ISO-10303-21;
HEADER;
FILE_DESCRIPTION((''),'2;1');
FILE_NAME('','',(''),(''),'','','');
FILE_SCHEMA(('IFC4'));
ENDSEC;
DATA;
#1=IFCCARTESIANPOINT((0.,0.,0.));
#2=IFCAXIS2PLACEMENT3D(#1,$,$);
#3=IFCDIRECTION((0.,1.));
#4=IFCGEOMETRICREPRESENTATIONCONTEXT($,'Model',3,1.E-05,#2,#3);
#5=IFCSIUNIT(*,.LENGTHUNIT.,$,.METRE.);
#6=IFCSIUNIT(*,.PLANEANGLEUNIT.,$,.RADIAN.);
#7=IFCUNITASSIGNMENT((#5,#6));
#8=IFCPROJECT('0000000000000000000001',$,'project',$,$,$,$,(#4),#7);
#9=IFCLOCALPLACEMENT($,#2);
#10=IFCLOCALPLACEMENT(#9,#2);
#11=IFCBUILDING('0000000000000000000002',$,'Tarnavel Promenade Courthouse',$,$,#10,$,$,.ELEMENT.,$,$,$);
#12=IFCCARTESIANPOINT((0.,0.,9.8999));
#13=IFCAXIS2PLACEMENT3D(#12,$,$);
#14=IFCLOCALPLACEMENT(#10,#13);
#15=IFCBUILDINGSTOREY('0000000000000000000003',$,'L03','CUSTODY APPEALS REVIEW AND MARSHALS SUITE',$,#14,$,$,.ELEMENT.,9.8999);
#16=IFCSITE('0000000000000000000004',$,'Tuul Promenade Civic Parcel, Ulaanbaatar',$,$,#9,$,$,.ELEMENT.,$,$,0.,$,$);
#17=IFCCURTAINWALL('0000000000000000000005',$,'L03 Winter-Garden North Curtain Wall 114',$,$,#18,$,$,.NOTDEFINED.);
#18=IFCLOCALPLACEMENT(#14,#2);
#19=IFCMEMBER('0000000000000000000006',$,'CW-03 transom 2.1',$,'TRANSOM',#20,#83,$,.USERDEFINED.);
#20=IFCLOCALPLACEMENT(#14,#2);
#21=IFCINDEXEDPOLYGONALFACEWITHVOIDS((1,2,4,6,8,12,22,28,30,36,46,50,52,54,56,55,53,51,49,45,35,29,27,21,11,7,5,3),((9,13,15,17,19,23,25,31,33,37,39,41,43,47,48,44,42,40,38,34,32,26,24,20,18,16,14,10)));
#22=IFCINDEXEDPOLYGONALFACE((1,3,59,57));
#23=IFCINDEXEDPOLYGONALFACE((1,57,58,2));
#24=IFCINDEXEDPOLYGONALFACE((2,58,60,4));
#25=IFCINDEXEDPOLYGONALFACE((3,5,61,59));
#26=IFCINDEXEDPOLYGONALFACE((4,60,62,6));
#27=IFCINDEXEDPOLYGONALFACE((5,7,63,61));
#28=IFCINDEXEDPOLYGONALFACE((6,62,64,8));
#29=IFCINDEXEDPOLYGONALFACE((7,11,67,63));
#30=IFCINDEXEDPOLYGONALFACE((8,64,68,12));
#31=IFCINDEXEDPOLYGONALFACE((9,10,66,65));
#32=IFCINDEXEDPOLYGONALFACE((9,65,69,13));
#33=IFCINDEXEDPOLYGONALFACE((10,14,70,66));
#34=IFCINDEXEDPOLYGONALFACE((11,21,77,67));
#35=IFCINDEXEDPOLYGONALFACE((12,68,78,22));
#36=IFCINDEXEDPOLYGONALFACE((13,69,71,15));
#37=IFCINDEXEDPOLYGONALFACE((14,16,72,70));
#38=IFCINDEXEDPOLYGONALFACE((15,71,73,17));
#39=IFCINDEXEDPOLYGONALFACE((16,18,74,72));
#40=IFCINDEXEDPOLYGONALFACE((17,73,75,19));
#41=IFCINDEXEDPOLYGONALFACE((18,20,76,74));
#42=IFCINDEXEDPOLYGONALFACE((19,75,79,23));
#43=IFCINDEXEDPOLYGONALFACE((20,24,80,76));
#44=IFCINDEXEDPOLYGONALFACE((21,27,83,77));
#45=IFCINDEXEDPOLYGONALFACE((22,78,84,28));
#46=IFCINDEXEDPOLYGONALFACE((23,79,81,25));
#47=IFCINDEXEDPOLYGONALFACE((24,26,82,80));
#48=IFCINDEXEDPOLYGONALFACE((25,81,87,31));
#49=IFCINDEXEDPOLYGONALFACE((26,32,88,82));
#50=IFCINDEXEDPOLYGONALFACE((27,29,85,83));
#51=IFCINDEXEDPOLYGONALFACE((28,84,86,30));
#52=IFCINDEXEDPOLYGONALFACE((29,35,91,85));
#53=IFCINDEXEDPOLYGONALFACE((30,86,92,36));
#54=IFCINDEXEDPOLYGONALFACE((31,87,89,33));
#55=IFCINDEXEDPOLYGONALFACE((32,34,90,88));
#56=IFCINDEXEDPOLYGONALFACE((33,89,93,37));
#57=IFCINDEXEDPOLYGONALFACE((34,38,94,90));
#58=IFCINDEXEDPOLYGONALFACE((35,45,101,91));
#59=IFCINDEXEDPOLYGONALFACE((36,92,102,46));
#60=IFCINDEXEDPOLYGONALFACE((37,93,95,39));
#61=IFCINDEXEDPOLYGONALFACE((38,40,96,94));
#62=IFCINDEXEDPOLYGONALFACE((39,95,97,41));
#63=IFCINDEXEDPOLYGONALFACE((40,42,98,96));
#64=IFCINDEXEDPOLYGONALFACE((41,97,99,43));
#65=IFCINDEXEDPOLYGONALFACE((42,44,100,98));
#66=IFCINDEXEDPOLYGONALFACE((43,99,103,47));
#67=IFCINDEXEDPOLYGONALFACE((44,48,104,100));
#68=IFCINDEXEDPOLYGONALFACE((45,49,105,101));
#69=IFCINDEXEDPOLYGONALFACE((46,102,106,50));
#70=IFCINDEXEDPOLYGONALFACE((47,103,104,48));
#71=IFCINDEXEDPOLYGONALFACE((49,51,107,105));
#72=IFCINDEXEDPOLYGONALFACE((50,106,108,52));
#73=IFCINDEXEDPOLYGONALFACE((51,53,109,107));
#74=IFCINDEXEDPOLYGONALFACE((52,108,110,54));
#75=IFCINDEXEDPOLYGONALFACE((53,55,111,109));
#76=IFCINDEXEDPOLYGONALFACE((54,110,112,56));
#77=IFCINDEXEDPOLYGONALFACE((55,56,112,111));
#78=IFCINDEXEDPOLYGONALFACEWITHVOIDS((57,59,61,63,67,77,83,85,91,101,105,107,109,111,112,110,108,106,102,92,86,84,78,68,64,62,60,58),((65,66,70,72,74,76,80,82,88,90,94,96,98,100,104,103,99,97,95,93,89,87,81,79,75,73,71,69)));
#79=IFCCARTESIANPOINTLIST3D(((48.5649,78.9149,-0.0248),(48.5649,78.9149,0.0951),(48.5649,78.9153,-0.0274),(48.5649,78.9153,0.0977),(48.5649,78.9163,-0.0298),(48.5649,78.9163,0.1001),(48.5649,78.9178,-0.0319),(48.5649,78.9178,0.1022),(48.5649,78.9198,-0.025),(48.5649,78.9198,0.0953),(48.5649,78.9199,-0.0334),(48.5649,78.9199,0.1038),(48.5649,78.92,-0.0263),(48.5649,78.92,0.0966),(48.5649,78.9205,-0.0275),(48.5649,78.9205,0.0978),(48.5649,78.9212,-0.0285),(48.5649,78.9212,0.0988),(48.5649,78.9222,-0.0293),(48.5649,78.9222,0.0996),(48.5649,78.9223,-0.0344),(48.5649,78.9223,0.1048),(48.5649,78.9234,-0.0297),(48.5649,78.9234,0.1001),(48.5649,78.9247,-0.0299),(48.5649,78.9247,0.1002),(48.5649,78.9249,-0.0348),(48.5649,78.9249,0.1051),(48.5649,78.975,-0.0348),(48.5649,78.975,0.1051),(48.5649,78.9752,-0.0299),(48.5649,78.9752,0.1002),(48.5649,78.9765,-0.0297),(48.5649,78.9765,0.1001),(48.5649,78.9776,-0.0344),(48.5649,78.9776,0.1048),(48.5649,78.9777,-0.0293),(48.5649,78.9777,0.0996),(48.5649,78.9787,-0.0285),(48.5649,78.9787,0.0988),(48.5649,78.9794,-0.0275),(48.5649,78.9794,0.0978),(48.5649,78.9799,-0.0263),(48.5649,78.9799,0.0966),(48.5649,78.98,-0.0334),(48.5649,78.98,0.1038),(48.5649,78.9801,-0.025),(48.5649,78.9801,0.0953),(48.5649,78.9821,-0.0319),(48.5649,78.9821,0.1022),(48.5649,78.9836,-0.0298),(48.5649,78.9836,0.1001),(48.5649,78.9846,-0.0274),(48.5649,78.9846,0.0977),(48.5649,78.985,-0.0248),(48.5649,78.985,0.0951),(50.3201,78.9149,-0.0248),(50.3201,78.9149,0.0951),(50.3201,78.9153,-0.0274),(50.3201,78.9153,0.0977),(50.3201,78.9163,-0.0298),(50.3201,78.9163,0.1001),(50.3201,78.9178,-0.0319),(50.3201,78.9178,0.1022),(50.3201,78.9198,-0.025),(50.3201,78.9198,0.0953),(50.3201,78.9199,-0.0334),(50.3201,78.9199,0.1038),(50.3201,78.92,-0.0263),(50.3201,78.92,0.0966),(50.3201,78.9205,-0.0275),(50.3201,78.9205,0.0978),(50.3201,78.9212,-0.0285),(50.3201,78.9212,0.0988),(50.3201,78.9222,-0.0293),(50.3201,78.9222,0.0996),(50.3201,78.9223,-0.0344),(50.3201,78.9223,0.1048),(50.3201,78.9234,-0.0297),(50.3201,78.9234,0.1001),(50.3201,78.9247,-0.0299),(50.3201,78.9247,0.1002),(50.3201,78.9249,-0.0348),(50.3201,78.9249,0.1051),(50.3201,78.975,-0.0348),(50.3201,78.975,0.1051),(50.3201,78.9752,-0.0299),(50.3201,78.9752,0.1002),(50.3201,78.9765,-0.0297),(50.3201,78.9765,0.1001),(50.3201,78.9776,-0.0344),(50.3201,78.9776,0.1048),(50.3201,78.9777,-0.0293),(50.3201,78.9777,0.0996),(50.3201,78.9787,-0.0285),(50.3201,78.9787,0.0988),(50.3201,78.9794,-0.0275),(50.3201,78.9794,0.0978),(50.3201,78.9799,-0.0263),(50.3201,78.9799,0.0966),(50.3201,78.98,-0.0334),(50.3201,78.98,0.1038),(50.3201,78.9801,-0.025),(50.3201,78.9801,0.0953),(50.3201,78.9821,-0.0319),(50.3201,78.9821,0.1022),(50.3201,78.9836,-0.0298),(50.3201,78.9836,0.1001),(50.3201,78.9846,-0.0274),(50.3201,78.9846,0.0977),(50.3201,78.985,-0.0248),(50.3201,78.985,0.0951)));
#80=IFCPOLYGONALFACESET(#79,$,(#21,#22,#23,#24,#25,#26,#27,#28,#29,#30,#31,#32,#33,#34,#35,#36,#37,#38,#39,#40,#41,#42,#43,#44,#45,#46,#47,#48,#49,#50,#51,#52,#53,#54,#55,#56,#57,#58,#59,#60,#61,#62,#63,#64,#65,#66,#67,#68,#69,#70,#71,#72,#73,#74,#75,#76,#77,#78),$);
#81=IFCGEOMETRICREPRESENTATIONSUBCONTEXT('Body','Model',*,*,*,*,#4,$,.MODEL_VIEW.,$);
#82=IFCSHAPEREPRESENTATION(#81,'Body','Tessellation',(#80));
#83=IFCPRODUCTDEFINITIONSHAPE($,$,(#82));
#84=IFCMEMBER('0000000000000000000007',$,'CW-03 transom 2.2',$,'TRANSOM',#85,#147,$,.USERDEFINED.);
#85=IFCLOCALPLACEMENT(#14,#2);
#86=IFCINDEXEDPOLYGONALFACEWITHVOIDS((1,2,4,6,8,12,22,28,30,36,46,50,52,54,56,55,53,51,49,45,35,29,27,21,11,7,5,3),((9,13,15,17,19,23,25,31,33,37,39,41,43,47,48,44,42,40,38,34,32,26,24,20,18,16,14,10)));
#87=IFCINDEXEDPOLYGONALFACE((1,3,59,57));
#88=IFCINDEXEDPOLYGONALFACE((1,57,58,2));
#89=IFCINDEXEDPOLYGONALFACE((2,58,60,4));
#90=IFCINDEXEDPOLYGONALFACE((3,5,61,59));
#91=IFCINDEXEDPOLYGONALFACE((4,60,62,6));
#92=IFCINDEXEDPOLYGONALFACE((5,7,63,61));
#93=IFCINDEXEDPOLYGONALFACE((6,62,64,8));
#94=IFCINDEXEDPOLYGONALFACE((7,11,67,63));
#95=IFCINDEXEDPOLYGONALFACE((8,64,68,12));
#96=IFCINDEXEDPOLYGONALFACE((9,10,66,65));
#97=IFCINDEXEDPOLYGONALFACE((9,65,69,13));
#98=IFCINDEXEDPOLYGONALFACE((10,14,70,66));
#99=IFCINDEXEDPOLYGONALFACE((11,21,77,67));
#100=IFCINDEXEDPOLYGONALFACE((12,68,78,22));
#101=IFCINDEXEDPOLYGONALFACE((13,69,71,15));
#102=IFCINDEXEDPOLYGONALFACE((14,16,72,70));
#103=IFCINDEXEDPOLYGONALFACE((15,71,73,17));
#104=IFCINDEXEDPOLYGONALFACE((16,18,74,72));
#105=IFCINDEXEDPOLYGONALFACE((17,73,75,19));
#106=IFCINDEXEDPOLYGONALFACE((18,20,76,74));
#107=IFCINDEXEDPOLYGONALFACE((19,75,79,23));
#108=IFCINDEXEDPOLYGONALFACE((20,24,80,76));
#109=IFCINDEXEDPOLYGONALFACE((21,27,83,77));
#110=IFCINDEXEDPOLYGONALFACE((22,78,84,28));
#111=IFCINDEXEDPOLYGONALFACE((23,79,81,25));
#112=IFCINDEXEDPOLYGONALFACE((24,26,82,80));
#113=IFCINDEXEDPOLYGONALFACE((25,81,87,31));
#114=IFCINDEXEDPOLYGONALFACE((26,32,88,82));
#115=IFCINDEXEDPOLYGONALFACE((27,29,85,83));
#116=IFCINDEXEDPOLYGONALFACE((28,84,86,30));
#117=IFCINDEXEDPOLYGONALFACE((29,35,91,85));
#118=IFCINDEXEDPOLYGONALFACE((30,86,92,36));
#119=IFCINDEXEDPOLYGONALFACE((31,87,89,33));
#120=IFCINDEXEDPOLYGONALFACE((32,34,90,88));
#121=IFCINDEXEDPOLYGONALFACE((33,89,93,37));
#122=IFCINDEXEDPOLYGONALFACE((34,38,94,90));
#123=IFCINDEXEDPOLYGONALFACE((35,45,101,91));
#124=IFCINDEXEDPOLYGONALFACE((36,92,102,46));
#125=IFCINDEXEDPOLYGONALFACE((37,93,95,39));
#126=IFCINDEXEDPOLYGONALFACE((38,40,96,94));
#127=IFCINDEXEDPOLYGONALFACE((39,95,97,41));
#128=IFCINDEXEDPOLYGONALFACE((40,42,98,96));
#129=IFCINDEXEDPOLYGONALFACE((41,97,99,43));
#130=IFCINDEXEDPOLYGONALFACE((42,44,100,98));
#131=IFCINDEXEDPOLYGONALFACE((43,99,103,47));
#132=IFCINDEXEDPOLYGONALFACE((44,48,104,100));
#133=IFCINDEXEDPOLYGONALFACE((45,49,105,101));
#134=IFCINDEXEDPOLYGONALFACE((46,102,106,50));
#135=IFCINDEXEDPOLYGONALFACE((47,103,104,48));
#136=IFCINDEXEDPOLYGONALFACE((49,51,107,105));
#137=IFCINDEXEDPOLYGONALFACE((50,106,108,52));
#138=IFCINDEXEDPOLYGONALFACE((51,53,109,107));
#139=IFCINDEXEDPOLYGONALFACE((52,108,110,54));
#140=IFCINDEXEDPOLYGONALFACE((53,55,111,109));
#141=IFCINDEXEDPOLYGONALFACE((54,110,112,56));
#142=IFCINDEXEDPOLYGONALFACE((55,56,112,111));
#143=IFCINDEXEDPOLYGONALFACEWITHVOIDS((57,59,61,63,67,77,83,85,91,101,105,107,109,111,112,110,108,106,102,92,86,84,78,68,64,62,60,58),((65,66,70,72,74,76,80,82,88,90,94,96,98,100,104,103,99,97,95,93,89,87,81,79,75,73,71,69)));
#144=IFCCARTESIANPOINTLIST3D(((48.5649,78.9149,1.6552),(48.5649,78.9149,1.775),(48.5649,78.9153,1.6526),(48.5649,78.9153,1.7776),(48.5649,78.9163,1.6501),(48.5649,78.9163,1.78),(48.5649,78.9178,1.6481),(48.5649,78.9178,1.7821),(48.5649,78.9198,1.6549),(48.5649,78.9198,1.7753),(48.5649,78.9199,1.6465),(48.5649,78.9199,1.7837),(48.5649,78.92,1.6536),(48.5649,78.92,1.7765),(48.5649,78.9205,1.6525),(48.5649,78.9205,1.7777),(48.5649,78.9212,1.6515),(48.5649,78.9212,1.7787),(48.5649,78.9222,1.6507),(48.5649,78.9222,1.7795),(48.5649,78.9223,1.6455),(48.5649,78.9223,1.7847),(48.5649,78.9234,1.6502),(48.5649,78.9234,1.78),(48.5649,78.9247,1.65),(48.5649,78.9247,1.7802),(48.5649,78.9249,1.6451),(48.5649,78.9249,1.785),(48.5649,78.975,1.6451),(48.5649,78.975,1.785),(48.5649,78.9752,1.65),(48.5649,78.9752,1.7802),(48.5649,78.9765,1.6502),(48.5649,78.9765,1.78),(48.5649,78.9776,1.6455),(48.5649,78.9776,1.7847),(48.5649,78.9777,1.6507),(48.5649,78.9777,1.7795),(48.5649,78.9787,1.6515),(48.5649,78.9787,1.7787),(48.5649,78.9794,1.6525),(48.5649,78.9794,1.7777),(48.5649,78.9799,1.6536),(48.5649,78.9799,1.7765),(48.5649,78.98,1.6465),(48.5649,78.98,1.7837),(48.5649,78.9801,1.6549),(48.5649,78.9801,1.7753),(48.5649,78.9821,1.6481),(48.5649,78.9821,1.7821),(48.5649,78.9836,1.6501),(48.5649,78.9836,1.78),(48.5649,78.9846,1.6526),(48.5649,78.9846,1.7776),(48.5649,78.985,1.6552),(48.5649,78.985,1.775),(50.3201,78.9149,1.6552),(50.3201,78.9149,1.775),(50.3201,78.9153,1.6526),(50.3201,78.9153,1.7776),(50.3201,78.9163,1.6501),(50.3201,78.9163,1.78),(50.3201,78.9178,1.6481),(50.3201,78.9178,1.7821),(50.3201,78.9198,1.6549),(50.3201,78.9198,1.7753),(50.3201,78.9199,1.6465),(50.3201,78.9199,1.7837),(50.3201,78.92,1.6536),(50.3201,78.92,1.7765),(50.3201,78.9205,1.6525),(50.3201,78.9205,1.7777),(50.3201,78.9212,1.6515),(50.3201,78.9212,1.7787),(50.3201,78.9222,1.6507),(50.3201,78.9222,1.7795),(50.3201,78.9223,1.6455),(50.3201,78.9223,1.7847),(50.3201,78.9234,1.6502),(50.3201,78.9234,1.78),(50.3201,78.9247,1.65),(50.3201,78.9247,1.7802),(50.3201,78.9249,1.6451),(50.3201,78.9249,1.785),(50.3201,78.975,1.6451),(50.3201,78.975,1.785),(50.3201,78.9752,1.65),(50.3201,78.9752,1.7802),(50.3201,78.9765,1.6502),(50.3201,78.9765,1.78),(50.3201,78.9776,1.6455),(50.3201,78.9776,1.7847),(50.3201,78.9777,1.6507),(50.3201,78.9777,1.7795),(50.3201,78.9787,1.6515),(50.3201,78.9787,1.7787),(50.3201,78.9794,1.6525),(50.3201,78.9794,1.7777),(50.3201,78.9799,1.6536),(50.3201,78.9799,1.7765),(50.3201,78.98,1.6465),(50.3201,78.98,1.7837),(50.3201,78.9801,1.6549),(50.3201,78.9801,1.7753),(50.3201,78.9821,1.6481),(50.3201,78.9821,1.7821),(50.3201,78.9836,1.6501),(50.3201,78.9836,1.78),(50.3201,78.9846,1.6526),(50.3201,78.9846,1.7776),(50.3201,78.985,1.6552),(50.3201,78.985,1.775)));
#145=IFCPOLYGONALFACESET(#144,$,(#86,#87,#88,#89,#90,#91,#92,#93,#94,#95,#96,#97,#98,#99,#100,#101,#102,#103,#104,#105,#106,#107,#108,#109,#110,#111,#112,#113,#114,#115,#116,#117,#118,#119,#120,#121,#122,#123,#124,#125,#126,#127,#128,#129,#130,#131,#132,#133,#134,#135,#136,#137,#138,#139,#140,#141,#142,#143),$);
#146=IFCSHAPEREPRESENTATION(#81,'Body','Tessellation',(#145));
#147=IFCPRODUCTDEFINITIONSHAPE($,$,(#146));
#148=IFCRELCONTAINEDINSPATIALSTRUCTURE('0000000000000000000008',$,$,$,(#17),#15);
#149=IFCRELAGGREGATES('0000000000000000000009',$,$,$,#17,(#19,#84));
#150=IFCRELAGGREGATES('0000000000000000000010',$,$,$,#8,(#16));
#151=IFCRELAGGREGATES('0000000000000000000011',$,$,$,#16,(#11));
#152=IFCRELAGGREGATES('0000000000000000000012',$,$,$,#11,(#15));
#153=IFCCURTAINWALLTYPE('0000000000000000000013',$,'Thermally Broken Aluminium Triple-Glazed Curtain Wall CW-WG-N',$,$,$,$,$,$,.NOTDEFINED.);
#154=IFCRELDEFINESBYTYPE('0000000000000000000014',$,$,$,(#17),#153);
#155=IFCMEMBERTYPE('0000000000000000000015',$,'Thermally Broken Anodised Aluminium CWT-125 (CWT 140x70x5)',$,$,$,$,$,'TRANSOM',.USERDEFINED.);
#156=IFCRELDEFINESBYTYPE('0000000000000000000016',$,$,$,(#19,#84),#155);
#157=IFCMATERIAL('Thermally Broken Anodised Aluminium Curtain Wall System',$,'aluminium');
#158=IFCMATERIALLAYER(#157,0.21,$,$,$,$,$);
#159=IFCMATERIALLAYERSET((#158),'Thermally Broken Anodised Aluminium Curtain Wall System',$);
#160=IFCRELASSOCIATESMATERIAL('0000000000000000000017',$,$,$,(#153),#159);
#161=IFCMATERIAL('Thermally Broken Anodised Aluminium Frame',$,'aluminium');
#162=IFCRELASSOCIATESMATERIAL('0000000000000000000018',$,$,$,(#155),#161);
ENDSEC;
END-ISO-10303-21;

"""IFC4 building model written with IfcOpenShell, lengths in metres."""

from ifc_helpers import new_model, si_unit, direction, frame, origin, origin_2d, place, context, subcontext, project, spatial, hollow_rectangle, extrude, material, layer, layer_set, material_profile, profile_set, type_object, element, aggregate, save


model = new_model("IFC4")

# Units and contexts
model_context = context("Model", 3, precision=1e-05, world=origin(), true_north=direction((0.0, 1.0)))
body_context = subcontext(model_context, "Body", "Model", "MODEL_VIEW")
ifc_project = project(units=[si_unit("LENGTHUNIT", "METRE"), si_unit("PLANEANGLEUNIT", "RADIAN")], contexts=[model_context])

# Site, building, storey
site_placement = place(None, origin())
site = spatial("IfcSite", under=ifc_project, at=site_placement, Name="Tuul Promenade Civic Parcel, Ulaanbaatar", CompositionType="ELEMENT", RefElevation=0.0)
building_placement = place(site_placement, origin())
building = spatial("IfcBuilding", under=site, at=building_placement, Name="Tarnavel Promenade Courthouse", CompositionType="ELEMENT")
storey_placement = place(building_placement, frame((0.0, 0.0, 9.8999)))
storey = spatial("IfcBuildingStorey", under=building, at=storey_placement, Name="L03", Description="CUSTODY APPEALS REVIEW AND MARSHALS SUITE", CompositionType="ELEMENT", Elevation=9.8999)

# Curtain wall, members
ifc_material_1 = material(Name="Thermally Broken Anodised Aluminium Curtain Wall System", Category="aluminium")
ifc_layer_1 = layer(ifc_material_1, 0.21)
ifc_layer_set_1 = layer_set([ifc_layer_1], Name="Thermally Broken Anodised Aluminium Curtain Wall System")
curtain_wall_type = type_object("IfcCurtainWallType", Name="Thermally Broken Aluminium Triple-Glazed Curtain Wall CW-WG-N", PredefinedType="NOTDEFINED", material=ifc_layer_set_1)
curtain_wall_placement = place(storey_placement, origin())
curtain_wall = element("IfcCurtainWall", 1, at=curtain_wall_placement, inside=storey, type_object=curtain_wall_type, Name="L03 Winter-Garden North Curtain Wall 114", PredefinedType="NOTDEFINED")
ifc_material_2 = material(Name="Thermally Broken Anodised Aluminium Frame", Category="aluminium")
ifc_material_profile_1 = material_profile(ifc_material_2, hollow_rectangle(XDim=0.0701, YDim=0.1399, WallThickness=0.0049, InnerFilletRadius=0.0049, OuterFilletRadius=0.01, at=origin_2d()), Name="CWT 140x70x5")
ifc_profile_set_1 = profile_set([ifc_material_profile_1], Name="Thermally Broken Anodised Aluminium Frame")
member_type_1 = type_object("IfcMemberType", Name="Thermally Broken Anodised Aluminium CWT-125 (CWT 140x70x5)", ElementType="TRANSOM", PredefinedType="USERDEFINED", material=ifc_profile_set_1)
member_1_placement = place(storey_placement, frame((48.5649, 78.95, 0.0352), z_axis=(1.0, 0.0, 0.0), x_axis=(0.0, 1.0, 0.0)))
member_1 = element("IfcMember", 2, at=member_1_placement, type_object=member_type_1, Name="CW-03 transom 2.1", ObjectType="TRANSOM", PredefinedType="USERDEFINED", context=body_context, shape_type="SweptSolid", body=[
    extrude(hollow_rectangle(XDim=0.0701, YDim=0.1399, WallThickness=0.0049, InnerFilletRadius=0.0049, OuterFilletRadius=0.01, at=origin_2d()), origin(), (0.0, 0.0, 1.0), 1.7551),
])
member_2_placement = place(storey_placement, frame((48.5649, 78.95, 1.7151), z_axis=(1.0, 0.0, 0.0), x_axis=(0.0, 1.0, 0.0)))
member_2 = element("IfcMember", 3, at=member_2_placement, type_object=member_type_1, Name="CW-03 transom 2.2", ObjectType="TRANSOM", PredefinedType="USERDEFINED", context=body_context, shape_type="SweptSolid", body=[
    extrude(hollow_rectangle(XDim=0.0701, YDim=0.1399, WallThickness=0.0049, InnerFilletRadius=0.0049, OuterFilletRadius=0.01, at=origin_2d()), origin(), (0.0, 0.0, 1.0), 1.7551),
])
aggregate(curtain_wall, [member_1, member_2])

save(model, "model.ifc")
